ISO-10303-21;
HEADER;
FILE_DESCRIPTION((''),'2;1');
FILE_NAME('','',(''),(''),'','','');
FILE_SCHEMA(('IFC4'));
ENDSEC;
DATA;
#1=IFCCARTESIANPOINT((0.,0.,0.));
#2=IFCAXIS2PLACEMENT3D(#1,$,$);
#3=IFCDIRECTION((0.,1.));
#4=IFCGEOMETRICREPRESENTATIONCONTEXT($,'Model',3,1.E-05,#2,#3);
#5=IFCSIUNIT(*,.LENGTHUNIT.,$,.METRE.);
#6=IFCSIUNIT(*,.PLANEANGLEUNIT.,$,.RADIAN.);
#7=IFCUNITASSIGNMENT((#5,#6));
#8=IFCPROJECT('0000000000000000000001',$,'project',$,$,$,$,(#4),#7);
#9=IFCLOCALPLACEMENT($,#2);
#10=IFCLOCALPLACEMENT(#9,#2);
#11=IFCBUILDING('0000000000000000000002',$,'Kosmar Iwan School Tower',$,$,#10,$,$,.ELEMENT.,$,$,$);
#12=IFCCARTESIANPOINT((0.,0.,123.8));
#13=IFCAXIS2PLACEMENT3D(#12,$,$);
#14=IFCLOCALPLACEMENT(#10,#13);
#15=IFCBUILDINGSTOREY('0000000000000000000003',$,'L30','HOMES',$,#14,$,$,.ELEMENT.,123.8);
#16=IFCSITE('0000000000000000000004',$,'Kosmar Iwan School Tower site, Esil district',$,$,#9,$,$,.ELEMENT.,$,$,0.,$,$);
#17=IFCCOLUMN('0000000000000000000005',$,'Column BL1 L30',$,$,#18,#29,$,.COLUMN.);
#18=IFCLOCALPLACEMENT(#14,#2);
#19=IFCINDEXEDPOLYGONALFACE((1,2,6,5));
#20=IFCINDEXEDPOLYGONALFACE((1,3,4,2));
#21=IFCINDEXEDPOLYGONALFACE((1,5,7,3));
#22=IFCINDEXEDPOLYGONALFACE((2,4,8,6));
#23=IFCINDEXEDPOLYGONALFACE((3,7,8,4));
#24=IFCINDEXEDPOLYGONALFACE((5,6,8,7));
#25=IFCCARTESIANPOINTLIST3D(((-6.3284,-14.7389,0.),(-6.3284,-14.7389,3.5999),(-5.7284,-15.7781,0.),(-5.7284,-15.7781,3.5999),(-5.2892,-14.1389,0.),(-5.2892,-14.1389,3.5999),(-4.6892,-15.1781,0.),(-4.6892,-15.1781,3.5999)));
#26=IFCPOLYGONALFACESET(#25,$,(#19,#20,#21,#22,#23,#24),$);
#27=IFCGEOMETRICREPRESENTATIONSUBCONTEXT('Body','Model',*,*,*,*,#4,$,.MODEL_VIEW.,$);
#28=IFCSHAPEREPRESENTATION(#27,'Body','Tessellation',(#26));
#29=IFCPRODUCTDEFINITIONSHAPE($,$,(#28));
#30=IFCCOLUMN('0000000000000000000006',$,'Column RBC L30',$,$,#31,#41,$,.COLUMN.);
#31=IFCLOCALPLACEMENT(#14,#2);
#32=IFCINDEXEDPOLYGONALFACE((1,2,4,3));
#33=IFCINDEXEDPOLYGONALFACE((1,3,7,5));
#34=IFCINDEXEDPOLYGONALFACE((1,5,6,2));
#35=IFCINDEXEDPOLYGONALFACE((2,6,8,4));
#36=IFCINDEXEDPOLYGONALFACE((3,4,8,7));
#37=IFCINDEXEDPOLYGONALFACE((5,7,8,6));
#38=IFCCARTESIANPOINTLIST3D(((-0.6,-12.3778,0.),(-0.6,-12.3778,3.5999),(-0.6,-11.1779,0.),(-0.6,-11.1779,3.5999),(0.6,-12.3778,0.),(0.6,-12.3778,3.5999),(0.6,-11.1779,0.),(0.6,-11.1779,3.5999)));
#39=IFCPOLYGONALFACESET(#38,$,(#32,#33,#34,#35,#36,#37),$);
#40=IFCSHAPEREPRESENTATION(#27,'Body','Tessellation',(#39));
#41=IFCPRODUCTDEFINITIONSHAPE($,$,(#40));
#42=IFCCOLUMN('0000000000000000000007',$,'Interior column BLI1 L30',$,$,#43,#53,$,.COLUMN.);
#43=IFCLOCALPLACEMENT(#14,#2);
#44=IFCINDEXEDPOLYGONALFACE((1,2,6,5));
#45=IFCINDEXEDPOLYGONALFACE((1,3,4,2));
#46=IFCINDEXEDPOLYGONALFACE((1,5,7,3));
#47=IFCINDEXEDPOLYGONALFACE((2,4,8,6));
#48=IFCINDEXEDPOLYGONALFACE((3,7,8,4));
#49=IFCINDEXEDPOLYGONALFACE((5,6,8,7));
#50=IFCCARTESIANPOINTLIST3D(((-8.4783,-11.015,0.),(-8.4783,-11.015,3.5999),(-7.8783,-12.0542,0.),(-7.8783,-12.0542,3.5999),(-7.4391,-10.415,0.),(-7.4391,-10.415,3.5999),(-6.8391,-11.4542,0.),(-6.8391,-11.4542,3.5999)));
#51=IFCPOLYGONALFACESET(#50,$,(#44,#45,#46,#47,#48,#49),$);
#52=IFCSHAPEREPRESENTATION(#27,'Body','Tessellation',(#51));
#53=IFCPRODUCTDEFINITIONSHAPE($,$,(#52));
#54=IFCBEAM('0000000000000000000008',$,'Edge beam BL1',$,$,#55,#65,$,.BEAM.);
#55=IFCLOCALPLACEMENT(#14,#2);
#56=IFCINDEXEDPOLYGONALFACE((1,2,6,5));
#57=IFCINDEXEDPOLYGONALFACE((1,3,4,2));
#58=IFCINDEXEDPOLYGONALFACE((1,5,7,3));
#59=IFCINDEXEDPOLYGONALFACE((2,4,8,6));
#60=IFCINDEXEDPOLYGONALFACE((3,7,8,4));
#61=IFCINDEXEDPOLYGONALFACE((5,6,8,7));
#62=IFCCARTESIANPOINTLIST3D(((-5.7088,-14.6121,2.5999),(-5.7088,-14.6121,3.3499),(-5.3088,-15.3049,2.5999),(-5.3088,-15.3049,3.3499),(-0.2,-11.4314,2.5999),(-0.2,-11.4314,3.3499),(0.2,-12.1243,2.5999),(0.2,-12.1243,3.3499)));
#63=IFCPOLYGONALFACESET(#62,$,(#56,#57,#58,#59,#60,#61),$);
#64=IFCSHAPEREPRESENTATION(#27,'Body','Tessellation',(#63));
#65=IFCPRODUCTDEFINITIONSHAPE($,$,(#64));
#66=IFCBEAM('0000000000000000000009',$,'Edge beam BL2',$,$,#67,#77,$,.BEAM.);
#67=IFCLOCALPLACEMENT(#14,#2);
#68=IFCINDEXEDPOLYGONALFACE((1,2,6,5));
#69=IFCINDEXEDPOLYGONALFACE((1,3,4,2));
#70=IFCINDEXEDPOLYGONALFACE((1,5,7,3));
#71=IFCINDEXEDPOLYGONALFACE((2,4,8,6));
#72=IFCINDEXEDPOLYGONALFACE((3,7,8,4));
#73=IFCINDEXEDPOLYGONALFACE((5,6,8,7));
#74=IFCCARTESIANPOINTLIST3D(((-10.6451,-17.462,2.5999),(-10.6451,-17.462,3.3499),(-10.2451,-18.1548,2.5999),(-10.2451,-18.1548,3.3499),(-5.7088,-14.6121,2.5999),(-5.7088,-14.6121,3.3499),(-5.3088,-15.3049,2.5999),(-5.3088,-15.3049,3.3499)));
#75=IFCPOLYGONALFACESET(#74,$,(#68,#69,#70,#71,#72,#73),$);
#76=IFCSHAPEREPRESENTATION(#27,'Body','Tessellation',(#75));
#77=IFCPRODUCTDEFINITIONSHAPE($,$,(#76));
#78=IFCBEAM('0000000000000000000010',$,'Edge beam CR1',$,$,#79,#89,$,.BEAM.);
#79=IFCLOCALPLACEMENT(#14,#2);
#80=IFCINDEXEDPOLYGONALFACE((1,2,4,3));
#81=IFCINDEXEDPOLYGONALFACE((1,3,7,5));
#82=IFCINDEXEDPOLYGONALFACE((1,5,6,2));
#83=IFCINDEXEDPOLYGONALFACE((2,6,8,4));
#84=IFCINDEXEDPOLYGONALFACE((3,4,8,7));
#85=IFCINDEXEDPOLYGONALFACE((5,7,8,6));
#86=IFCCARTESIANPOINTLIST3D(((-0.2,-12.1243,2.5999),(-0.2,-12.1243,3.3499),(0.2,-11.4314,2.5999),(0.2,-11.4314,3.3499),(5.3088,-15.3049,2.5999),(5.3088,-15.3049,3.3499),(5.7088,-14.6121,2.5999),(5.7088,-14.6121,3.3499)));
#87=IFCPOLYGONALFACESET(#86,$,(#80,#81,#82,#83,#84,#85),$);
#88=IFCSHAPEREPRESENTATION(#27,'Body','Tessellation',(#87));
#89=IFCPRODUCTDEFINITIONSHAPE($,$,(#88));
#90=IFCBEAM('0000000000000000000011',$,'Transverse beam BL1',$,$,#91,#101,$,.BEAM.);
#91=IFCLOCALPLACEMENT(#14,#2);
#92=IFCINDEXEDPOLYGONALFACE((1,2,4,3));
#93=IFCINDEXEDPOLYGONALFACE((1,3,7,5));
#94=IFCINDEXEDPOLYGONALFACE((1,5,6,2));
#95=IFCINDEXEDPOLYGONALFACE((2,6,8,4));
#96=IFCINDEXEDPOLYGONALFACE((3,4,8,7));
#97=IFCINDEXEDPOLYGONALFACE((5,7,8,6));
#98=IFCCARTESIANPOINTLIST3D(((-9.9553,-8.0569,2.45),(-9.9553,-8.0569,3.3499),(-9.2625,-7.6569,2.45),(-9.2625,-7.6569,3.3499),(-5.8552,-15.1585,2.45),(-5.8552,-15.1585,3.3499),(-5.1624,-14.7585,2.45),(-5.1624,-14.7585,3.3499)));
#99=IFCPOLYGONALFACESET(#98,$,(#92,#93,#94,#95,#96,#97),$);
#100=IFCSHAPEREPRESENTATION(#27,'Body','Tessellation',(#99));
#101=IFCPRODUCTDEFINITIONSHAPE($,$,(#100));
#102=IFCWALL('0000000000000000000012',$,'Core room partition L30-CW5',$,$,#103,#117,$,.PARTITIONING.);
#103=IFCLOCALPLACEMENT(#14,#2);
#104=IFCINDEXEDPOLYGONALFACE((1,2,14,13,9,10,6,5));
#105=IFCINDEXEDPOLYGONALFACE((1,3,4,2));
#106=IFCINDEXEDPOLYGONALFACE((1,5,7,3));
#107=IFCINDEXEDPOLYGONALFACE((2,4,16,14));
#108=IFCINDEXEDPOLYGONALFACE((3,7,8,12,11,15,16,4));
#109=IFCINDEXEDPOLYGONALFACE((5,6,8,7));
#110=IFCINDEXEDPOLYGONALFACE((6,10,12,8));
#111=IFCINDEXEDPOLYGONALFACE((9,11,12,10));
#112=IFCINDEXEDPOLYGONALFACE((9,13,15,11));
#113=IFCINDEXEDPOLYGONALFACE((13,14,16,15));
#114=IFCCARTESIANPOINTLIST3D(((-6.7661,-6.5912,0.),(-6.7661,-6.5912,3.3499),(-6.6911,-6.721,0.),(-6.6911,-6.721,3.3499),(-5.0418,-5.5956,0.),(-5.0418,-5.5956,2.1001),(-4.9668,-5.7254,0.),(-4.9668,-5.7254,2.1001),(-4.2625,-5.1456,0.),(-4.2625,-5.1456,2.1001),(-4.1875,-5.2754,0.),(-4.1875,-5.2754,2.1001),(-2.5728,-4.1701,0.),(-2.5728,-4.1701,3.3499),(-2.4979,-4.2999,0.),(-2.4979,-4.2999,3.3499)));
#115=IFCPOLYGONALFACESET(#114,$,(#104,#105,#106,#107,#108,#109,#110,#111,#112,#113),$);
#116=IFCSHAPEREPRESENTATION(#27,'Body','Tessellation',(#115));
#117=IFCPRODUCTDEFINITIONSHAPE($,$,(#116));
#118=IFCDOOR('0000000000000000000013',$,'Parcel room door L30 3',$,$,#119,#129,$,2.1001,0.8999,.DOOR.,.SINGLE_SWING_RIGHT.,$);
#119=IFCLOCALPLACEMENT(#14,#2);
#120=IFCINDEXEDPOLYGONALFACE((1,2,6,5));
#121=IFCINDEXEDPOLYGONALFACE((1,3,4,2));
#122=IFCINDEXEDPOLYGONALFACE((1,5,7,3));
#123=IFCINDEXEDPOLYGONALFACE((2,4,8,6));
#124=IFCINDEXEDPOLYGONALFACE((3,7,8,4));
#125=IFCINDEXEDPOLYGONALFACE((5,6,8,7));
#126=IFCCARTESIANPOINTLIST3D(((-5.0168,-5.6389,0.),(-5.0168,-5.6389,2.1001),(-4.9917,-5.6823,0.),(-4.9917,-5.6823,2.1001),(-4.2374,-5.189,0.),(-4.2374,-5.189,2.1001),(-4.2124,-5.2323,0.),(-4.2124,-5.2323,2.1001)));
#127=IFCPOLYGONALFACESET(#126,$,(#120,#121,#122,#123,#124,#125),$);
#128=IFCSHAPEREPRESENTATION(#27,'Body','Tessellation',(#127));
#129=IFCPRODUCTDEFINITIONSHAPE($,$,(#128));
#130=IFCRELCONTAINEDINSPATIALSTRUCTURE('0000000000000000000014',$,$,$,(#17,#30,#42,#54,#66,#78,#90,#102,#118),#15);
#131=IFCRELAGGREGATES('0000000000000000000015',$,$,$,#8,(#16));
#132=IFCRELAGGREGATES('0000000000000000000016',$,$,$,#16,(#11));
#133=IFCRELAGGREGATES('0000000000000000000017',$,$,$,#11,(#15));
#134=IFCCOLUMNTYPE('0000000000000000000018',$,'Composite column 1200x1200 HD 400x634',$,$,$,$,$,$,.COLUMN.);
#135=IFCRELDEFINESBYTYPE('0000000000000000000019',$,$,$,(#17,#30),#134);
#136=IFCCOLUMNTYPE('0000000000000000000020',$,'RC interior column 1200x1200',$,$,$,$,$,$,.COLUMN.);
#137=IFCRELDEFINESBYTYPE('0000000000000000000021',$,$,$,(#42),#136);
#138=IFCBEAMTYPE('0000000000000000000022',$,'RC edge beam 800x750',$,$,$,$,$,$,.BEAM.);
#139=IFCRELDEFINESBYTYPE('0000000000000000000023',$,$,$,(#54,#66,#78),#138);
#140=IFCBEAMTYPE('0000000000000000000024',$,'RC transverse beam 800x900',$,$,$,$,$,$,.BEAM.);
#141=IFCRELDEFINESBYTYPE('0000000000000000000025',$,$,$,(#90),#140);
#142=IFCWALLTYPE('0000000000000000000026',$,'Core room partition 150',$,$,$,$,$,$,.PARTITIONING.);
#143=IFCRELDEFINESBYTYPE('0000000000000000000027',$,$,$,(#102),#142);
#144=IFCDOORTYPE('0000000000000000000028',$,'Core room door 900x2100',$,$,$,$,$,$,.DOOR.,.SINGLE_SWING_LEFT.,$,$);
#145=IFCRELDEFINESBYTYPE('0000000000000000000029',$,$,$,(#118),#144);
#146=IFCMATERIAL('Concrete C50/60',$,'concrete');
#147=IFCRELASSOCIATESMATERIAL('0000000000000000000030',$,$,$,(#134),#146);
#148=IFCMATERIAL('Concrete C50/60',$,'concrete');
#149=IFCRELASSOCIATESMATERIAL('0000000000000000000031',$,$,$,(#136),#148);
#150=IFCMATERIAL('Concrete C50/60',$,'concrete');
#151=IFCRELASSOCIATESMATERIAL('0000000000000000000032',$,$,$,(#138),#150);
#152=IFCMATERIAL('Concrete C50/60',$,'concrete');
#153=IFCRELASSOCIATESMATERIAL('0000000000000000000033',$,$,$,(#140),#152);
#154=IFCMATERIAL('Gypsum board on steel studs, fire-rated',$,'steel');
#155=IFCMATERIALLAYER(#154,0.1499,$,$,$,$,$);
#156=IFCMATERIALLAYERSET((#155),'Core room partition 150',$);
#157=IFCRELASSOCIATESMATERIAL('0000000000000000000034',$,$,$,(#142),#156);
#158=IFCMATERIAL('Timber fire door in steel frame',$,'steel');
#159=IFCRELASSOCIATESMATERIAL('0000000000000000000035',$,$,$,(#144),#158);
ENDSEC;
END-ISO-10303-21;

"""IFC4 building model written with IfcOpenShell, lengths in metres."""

from ifc_helpers import new_model, si_unit, direction, frame, frame_2d, origin, origin_2d, place, context, subcontext, project, spatial, rectangle, extrude, material, layer, layer_set, material_profile, profile_set, type_object, element, fill, save


model = new_model("IFC4")

# Units and contexts
model_context = context("Model", 3, precision=1e-05, world=origin(), true_north=direction((0.0, 1.0)))
body_context = subcontext(model_context, "Body", "Model", "MODEL_VIEW")
ifc_project = project(units=[si_unit("LENGTHUNIT", "METRE"), si_unit("PLANEANGLEUNIT", "RADIAN")], contexts=[model_context])

# Site, building, storey
site_placement = place(None, origin())
site = spatial("IfcSite", under=ifc_project, at=site_placement, Name="Kosmar Iwan School Tower site, Esil district", CompositionType="ELEMENT", RefElevation=0.0)
building_placement = place(site_placement, origin())
building = spatial("IfcBuilding", under=site, at=building_placement, Name="Kosmar Iwan School Tower", CompositionType="ELEMENT")
storey_placement = place(building_placement, frame((0.0, 0.0, 123.8)))
storey = spatial("IfcBuildingStorey", under=building, at=storey_placement, Name="L30", Description="HOMES", CompositionType="ELEMENT", Elevation=123.8)

# Columns
ifc_material_1 = material(Name="Concrete C50/60", Category="concrete")
ifc_material_profile_1 = material_profile(ifc_material_1, rectangle(XDim=1.2, YDim=1.2, at=origin_2d()), Name="RC 1200x1200 + HD 400x634")
ifc_profile_set_1 = profile_set([ifc_material_profile_1], Name="Concrete C50/60")
column_type_1 = type_object("IfcColumnType", Name="Composite column 1200x1200 HD 400x634", PredefinedType="COLUMN", material=ifc_profile_set_1)
for number, where, z_axis, x_axis, name in (
    (1, (-5.5088, -14.9585, 0.0), (0.0, 0.0, 1.0), (-0.866025, -0.5, 0.0), "Column BL1 L30"),
    (2, (0.0, -11.7778, 0.0), (0.0, 0.0, 1.0), (1.0, 0.0, 0.0), "Column RBC L30"),
):
    element("IfcColumn", number, at=place(storey_placement, frame(where, z_axis=z_axis, x_axis=x_axis)), inside=storey, type_object=column_type_1, Name=name, PredefinedType="COLUMN", context=body_context, shape_type="SweptSolid", body=[
        extrude(rectangle(XDim=1.2, YDim=1.2, at=origin_2d()), origin(), (0.0, 0.0, 1.0), 3.5999),
    ])
ifc_material_2 = material(Name="Concrete C50/60", Category="concrete")
ifc_material_profile_2 = material_profile(ifc_material_2, rectangle(XDim=1.2, YDim=1.2, at=origin_2d()), Name="RC 1200x1200")
ifc_profile_set_2 = profile_set([ifc_material_profile_2], Name="Concrete C50/60")
column_type_2 = type_object("IfcColumnType", Name="RC interior column 1200x1200", PredefinedType="COLUMN", material=ifc_profile_set_2)
column_placement = place(storey_placement, frame((-7.6587, -11.2346, 0.0), z_axis=(0.0, 0.0, 1.0), x_axis=(-0.866025, -0.5, 0.0)))
element("IfcColumn", 3, at=column_placement, inside=storey, type_object=column_type_2, Name="Interior column BLI1 L30", PredefinedType="COLUMN", context=body_context, shape_type="SweptSolid", body=[
    extrude(rectangle(XDim=1.2, YDim=1.2, at=origin_2d()), origin(), (0.0, 0.0, 1.0), 3.5999),
])

# Beams
ifc_material_3 = material(Name="Concrete C50/60", Category="concrete")
ifc_material_profile_3 = material_profile(ifc_material_3, rectangle(XDim=0.8, YDim=0.75, at=origin_2d()), Name="RC 800x750")
ifc_profile_set_3 = profile_set([ifc_material_profile_3], Name="Concrete C50/60")
beam_type_1 = type_object("IfcBeamType", Name="RC edge beam 800x750", PredefinedType="BEAM", material=ifc_profile_set_3)
beam_1_placement = place(storey_placement, frame((0.0, -11.7778, 2.9749), z_axis=(-0.866014, -0.500019, 0.0), x_axis=(0.500019, -0.866014, 0.0)))
element("IfcBeam", 4, at=beam_1_placement, inside=storey, type_object=beam_type_1, Name="Edge beam BL1", PredefinedType="BEAM", context=body_context, shape_type="SweptSolid", body=[
    extrude(rectangle(XDim=0.8, YDim=0.75, at=origin_2d()), origin(), (0.0, 0.0, 1.0), 6.3611),
])
beam_2_placement = place(storey_placement, frame((-5.5088, -14.9585, 2.9749), z_axis=(-0.866034, -0.499986, 0.0), x_axis=(0.499986, -0.866034, 0.0)))
element("IfcBeam", 5, at=beam_2_placement, inside=storey, type_object=beam_type_1, Name="Edge beam BL2", PredefinedType="BEAM", context=body_context, shape_type="SweptSolid", body=[
    extrude(rectangle(XDim=0.8, YDim=0.75, at=origin_2d()), origin(), (0.0, 0.0, 1.0), 5.7),
])
beam_3_placement = place(storey_placement, frame((0.0, -11.7778, 2.9749), z_axis=(0.866014, -0.500019, 0.0), x_axis=(0.500019, 0.866014, 0.0)))
element("IfcBeam", 6, at=beam_3_placement, inside=storey, type_object=beam_type_1, Name="Edge beam CR1", PredefinedType="BEAM", context=body_context, shape_type="SweptSolid", body=[
    extrude(rectangle(XDim=0.8, YDim=0.75, at=origin_2d()), origin(), (0.0, 0.0, 1.0), 6.3611),
])
ifc_material_4 = material(Name="Concrete C50/60", Category="concrete")
ifc_material_profile_4 = material_profile(ifc_material_4, rectangle(XDim=0.8, YDim=0.8999, at=origin_2d()), Name="RC 800x900")
ifc_profile_set_4 = profile_set([ifc_material_profile_4], Name="Concrete C50/60")
beam_type_2 = type_object("IfcBeamType", Name="RC transverse beam 800x900", PredefinedType="BEAM", material=ifc_profile_set_4)
beam_4_placement = place(storey_placement, frame((-5.5088, -14.9585, 2.8999), z_axis=(-0.500001, 0.866025, 0.0), x_axis=(-0.866025, -0.500001, 0.0)))
element("IfcBeam", 7, at=beam_4_placement, inside=storey, type_object=beam_type_2, Name="Transverse beam BL1", PredefinedType="BEAM", context=body_context, shape_type="SweptSolid", body=[
    extrude(rectangle(XDim=0.8, YDim=0.8999, at=origin_2d()), origin(), (0.0, 0.0, 1.0), 8.2002),
])

# Wall, opening, door
ifc_material_5 = material(Name="Gypsum board on steel studs, fire-rated", Category="steel")
ifc_layer_1 = layer(ifc_material_5, 0.1499)
ifc_layer_set_1 = layer_set([ifc_layer_1], Name="Core room partition 150")
wall_type_1 = type_object("IfcWallType", Name="Core room partition 150", PredefinedType="PARTITIONING", material=ifc_layer_set_1)
wall_1_placement = place(storey_placement, frame((-6.7285, -6.656, 0.0), z_axis=(0.0, 0.0, 1.0), x_axis=(0.866016, 0.500016, 0.0)))
wall_1 = element("IfcWall", 8, at=wall_1_placement, inside=storey, type_object=wall_type_1, Name="Core room partition L30-CW5", PredefinedType="PARTITIONING", context=body_context, shape_type="SweptSolid", body=[
    extrude(rectangle(XDim=4.842, YDim=0.1499, at=frame_2d((2.4209, 0.0))), origin(), (0.0, 0.0, 1.0), 3.3499),
])
opening_1_placement = place(wall_1_placement, frame((1.991, 0.0, 0.0)))
opening_1 = element("IfcOpeningElement", 9, at=opening_1_placement, cuts=wall_1, PredefinedType="OPENING", context=body_context, shape_type="SweptSolid", body=[
    extrude(rectangle(XDim=0.8999, YDim=2.1001, at=frame_2d((0.45, 1.05))), frame((0.0, 0.0869, 0.0), z_axis=(0.0, -1.0, 0.0), x_axis=(1.0, 0.0, 0.0)), (0.0, 0.0, 1.0), 0.1738),
])
ifc_material_6 = material(Name="Timber fire door in steel frame", Category="steel")
door_type_1 = type_object("IfcDoorType", Name="Core room door 900x2100", OperationType="SINGLE_SWING_LEFT", PredefinedType="DOOR", material=ifc_material_6)
door_1_placement = place(opening_1_placement, origin())
door_1 = element("IfcDoor", 10, at=door_1_placement, inside=storey, type_object=door_type_1, Name="Parcel room door L30 3", OperationType="SINGLE_SWING_RIGHT", OverallHeight=2.1001, OverallWidth=0.8999, PredefinedType="DOOR", context=body_context, shape_type="SweptSolid", body=[
    extrude(rectangle(XDim=0.8999, YDim=2.1001, at=frame_2d((0.45, 1.05))), frame((0.0, 0.0249, 0.0), z_axis=(0.0, -1.0, 0.0), x_axis=(1.0, 0.0, 0.0)), (0.0, 0.0, 1.0), 0.05),
])
fill(opening_1, door_1)

save(model, "model.ifc")
